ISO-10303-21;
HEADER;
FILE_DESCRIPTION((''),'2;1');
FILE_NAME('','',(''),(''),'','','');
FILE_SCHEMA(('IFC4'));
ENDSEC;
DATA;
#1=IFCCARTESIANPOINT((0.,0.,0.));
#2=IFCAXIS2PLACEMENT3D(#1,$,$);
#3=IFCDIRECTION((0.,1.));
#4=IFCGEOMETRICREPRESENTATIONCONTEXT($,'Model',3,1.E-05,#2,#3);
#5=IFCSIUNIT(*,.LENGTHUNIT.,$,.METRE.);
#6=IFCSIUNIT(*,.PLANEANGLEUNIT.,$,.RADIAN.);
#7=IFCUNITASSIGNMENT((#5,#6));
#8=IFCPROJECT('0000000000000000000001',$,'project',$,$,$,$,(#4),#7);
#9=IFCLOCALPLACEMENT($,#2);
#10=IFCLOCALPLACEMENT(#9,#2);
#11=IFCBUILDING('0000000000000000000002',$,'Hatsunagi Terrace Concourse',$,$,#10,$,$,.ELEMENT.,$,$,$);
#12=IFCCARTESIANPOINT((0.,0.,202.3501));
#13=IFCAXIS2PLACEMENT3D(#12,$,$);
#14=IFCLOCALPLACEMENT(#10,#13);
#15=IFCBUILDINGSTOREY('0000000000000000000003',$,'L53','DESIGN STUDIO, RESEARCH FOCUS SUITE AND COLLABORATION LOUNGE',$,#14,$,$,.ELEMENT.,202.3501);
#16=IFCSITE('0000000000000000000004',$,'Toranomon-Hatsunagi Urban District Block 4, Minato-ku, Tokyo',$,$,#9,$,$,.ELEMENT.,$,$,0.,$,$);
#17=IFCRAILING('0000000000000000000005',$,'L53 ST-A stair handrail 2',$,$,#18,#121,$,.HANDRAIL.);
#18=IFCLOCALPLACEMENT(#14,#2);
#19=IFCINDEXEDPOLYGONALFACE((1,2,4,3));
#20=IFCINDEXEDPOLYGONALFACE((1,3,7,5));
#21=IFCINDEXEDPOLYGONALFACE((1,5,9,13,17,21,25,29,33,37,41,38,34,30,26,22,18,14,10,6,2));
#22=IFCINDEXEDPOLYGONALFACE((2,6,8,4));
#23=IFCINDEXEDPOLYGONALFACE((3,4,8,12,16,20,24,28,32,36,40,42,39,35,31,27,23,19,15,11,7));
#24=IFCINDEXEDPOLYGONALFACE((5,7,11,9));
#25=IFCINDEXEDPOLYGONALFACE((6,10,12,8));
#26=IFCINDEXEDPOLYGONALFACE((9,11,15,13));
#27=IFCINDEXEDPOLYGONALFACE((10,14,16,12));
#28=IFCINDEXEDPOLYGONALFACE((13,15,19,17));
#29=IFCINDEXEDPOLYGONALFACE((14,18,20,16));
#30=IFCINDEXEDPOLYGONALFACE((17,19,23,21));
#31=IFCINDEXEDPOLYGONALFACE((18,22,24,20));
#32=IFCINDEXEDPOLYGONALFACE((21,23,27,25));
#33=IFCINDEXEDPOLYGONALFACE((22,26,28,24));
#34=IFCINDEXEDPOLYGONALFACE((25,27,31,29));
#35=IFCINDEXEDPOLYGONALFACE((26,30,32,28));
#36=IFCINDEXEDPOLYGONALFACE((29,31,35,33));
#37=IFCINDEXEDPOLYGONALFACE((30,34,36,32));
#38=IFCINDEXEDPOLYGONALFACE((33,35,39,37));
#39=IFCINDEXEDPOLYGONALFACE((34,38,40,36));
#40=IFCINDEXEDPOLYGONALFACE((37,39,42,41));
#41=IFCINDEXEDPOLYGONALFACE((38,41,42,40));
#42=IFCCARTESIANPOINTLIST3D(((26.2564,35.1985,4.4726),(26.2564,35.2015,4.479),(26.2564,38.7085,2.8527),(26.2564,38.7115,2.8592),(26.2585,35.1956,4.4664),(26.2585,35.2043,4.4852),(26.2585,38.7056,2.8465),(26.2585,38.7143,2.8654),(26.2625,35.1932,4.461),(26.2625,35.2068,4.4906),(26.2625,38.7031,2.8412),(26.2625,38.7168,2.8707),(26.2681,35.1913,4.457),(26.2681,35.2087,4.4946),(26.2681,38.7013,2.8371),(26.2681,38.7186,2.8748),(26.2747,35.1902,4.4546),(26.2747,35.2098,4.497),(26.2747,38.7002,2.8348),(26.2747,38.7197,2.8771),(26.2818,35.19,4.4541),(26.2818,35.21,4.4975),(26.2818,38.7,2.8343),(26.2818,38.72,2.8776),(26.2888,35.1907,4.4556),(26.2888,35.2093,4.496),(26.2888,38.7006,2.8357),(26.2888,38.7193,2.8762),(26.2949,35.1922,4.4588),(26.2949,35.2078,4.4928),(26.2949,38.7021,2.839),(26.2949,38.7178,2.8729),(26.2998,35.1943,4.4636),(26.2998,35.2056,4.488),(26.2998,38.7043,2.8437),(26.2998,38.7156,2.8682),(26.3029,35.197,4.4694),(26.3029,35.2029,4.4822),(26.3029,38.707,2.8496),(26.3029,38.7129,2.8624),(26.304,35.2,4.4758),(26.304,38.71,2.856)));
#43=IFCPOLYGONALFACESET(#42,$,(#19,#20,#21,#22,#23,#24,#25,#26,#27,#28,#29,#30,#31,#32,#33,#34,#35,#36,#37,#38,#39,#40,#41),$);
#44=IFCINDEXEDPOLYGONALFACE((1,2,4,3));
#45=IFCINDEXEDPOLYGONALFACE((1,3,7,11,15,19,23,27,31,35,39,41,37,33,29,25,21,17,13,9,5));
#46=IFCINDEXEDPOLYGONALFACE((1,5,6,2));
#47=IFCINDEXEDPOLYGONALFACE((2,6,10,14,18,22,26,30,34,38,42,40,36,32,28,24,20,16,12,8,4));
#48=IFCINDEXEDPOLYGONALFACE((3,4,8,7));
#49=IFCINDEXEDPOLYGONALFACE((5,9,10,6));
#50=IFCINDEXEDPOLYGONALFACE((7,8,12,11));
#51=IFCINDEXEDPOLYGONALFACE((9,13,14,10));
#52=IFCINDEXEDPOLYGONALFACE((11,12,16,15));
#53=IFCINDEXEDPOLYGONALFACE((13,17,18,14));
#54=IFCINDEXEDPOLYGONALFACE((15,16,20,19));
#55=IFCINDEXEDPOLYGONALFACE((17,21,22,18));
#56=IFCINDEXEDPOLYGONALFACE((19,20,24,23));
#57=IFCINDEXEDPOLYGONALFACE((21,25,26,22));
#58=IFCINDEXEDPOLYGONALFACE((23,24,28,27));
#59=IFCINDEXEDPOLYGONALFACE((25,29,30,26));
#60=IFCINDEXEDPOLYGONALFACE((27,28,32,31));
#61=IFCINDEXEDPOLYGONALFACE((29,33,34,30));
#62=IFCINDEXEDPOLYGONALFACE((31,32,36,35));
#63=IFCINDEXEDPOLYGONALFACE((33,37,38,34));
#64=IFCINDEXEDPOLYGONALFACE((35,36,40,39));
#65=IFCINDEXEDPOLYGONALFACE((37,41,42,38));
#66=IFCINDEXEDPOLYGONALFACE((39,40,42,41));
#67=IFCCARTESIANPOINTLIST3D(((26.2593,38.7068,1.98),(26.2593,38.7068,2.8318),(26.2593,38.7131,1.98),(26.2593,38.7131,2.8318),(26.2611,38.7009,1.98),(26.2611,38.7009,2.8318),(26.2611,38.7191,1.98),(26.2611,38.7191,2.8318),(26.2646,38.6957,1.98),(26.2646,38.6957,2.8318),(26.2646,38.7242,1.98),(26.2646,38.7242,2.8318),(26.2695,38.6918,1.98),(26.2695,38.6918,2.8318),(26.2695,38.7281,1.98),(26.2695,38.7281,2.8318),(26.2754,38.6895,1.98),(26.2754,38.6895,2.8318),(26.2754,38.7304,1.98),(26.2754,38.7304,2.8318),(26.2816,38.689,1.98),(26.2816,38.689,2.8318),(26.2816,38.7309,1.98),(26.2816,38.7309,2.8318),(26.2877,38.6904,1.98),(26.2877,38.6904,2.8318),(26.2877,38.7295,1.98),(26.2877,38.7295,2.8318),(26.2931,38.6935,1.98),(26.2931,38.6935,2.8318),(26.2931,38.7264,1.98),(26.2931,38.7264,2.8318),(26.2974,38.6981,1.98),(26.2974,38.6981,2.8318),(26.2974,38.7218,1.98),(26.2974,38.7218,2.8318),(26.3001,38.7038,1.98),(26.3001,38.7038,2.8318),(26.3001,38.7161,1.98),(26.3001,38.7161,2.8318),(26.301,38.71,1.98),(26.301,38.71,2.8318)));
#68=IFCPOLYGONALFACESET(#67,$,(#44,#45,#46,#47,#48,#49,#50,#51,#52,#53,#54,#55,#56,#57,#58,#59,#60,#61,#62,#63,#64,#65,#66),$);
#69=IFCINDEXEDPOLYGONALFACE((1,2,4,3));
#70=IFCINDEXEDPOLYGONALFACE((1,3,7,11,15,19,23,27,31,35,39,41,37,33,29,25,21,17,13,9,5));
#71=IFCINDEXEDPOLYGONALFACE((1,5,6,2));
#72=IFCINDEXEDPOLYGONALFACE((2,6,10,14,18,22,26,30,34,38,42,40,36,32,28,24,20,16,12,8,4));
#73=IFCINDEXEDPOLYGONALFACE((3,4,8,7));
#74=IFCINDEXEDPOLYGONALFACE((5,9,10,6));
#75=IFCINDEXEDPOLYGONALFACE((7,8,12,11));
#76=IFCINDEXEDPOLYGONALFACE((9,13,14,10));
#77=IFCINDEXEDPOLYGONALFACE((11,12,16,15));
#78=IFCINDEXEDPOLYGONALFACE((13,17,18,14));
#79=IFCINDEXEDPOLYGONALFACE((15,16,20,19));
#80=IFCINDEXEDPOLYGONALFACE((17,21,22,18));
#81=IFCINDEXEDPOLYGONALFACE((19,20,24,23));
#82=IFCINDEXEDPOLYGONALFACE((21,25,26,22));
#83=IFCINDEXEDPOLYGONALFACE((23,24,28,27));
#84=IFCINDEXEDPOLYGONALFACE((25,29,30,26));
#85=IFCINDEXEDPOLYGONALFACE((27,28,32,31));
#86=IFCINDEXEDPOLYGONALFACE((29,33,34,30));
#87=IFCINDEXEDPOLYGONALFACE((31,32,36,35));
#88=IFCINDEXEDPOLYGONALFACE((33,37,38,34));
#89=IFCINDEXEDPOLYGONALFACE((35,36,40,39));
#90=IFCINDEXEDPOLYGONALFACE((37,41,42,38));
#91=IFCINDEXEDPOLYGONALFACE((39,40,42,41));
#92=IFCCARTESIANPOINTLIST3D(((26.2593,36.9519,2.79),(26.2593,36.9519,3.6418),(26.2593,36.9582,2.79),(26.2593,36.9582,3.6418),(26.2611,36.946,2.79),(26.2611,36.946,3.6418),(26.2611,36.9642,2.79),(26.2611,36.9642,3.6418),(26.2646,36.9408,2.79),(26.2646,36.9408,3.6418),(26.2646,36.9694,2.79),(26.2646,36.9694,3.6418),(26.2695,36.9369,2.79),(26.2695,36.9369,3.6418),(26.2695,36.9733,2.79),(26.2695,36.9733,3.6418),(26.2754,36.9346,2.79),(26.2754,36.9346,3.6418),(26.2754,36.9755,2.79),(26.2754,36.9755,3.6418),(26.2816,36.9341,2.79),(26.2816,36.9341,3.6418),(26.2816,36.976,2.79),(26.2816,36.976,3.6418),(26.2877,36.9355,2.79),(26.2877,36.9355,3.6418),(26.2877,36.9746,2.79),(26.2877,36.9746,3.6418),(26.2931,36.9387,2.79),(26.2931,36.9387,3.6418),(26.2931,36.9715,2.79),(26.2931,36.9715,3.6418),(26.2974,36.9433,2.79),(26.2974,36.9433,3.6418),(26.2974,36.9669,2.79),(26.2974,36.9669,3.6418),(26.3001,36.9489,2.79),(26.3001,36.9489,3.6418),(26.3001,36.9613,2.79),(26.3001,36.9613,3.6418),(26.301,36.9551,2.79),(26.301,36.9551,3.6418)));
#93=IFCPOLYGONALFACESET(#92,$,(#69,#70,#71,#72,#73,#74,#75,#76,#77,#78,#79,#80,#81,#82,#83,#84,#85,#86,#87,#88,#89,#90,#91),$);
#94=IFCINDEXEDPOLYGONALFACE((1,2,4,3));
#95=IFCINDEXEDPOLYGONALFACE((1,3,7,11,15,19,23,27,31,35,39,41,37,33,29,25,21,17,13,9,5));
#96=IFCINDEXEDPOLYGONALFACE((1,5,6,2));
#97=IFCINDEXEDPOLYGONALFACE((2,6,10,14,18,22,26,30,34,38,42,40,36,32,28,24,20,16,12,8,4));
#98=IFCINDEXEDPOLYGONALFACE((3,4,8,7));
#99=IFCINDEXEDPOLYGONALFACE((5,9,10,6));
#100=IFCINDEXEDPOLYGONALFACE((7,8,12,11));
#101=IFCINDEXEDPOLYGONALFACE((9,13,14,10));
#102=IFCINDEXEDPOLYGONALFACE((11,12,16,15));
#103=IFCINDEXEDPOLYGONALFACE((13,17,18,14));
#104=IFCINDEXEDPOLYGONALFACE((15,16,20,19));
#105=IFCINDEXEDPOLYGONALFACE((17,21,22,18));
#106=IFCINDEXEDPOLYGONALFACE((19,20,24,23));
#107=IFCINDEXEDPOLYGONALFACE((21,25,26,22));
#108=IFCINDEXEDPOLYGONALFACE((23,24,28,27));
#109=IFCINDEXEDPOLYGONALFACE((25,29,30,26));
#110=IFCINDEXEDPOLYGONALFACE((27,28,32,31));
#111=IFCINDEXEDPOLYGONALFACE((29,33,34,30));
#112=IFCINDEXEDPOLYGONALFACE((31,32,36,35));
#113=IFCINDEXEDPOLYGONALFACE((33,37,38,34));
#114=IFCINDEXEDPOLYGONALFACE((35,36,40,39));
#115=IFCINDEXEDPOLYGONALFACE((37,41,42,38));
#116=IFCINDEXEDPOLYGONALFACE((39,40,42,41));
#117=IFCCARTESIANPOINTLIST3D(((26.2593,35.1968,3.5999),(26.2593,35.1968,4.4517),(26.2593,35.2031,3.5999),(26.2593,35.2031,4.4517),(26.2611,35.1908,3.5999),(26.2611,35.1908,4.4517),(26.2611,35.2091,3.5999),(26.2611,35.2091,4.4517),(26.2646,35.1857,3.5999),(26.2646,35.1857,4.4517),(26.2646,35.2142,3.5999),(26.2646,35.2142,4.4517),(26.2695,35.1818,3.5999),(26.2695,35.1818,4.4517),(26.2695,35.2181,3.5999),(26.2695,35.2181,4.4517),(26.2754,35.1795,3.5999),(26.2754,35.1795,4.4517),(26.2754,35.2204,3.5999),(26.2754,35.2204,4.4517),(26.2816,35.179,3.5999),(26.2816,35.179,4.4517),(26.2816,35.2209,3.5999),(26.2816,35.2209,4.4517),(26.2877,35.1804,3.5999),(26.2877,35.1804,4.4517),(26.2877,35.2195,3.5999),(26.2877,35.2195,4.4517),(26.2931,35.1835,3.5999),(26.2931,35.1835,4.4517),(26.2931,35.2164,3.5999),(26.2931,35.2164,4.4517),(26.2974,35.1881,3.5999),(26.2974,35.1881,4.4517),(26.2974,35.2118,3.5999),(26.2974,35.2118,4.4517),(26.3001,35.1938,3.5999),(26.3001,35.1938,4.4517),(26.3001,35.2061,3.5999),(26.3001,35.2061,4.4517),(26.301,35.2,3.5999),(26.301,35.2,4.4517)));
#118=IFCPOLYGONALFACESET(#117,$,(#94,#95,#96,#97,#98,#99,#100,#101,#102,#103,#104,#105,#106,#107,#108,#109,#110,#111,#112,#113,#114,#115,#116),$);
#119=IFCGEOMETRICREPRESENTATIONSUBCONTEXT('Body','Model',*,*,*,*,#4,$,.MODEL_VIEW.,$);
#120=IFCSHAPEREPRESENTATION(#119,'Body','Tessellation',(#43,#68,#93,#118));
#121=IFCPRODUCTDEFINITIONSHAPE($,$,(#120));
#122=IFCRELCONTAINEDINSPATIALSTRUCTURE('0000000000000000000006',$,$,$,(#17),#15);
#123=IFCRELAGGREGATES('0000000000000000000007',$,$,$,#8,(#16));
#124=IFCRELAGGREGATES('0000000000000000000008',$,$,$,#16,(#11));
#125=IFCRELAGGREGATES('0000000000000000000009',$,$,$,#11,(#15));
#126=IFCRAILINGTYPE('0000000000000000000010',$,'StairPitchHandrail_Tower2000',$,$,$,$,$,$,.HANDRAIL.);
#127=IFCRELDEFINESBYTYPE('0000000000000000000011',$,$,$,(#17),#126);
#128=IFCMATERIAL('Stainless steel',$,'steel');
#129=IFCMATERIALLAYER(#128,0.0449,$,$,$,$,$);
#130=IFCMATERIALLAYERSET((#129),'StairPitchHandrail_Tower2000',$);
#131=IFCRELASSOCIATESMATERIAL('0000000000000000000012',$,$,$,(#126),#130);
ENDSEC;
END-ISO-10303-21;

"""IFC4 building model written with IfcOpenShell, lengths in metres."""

from ifc_helpers import new_model, si_unit, direction, frame, origin, origin_2d, place, context, subcontext, project, spatial, circle, extrude, material, layer, layer_set, type_object, element, save


model = new_model("IFC4")

# Units and contexts
model_context = context("Model", 3, precision=1e-05, world=origin(), true_north=direction((0.0, 1.0)))
body_context = subcontext(model_context, "Body", "Model", "MODEL_VIEW")
ifc_project = project(units=[si_unit("LENGTHUNIT", "METRE"), si_unit("PLANEANGLEUNIT", "RADIAN")], contexts=[model_context])

# Site, building, storey
site_placement = place(None, origin())
site = spatial("IfcSite", under=ifc_project, at=site_placement, Name="Toranomon-Hatsunagi Urban District Block 4, Minato-ku, Tokyo", CompositionType="ELEMENT", RefElevation=0.0)
building_placement = place(site_placement, origin())
building = spatial("IfcBuilding", under=site, at=building_placement, Name="Hatsunagi Terrace Concourse", CompositionType="ELEMENT")
storey_placement = place(building_placement, frame((0.0, 0.0, 202.3501)))
storey = spatial("IfcBuildingStorey", under=building, at=storey_placement, Name="L53", Description="DESIGN STUDIO, RESEARCH FOCUS SUITE AND COLLABORATION LOUNGE", CompositionType="ELEMENT", Elevation=202.3501)

# Railing
ifc_material_1 = material(Name="Stainless steel", Category="steel")
ifc_layer_1 = layer(ifc_material_1, 0.0449)
ifc_layer_set_1 = layer_set([ifc_layer_1], Name="StairPitchHandrail_Tower2000")
railing_type_1 = type_object("IfcRailingType", Name="StairPitchHandrail_Tower2000", PredefinedType="HANDRAIL", material=ifc_layer_set_1)
railing_1_placement = place(storey_placement, frame((26.28, 38.71, 1.98)))
element("IfcRailing", 1, at=railing_1_placement, inside=storey, type_object=railing_type_1, Name="L53 ST-A stair handrail 2", PredefinedType="HANDRAIL", context=body_context, shape_type="SweptSolid", body=[
    extrude(circle(Radius=0.0239, at=origin_2d()), frame((0.0, 0.0, 0.876), z_axis=(0.0, -0.907972, 0.41903), x_axis=(1.0, 0.0, 0.0)), (0.0, 0.0, 1.0), 3.8657),
    extrude(circle(Radius=0.021, at=origin_2d()), origin(), (0.0, 0.0, 1.0), 0.8518),
    extrude(circle(Radius=0.021, at=origin_2d()), frame((0.0, -1.7549, 0.8101)), (0.0, 0.0, 1.0), 0.8518),
    extrude(circle(Radius=0.021, at=origin_2d()), frame((0.0, -3.51, 1.6199)), (0.0, 0.0, 1.0), 0.8518),
])

save(model, "model.ifc")
